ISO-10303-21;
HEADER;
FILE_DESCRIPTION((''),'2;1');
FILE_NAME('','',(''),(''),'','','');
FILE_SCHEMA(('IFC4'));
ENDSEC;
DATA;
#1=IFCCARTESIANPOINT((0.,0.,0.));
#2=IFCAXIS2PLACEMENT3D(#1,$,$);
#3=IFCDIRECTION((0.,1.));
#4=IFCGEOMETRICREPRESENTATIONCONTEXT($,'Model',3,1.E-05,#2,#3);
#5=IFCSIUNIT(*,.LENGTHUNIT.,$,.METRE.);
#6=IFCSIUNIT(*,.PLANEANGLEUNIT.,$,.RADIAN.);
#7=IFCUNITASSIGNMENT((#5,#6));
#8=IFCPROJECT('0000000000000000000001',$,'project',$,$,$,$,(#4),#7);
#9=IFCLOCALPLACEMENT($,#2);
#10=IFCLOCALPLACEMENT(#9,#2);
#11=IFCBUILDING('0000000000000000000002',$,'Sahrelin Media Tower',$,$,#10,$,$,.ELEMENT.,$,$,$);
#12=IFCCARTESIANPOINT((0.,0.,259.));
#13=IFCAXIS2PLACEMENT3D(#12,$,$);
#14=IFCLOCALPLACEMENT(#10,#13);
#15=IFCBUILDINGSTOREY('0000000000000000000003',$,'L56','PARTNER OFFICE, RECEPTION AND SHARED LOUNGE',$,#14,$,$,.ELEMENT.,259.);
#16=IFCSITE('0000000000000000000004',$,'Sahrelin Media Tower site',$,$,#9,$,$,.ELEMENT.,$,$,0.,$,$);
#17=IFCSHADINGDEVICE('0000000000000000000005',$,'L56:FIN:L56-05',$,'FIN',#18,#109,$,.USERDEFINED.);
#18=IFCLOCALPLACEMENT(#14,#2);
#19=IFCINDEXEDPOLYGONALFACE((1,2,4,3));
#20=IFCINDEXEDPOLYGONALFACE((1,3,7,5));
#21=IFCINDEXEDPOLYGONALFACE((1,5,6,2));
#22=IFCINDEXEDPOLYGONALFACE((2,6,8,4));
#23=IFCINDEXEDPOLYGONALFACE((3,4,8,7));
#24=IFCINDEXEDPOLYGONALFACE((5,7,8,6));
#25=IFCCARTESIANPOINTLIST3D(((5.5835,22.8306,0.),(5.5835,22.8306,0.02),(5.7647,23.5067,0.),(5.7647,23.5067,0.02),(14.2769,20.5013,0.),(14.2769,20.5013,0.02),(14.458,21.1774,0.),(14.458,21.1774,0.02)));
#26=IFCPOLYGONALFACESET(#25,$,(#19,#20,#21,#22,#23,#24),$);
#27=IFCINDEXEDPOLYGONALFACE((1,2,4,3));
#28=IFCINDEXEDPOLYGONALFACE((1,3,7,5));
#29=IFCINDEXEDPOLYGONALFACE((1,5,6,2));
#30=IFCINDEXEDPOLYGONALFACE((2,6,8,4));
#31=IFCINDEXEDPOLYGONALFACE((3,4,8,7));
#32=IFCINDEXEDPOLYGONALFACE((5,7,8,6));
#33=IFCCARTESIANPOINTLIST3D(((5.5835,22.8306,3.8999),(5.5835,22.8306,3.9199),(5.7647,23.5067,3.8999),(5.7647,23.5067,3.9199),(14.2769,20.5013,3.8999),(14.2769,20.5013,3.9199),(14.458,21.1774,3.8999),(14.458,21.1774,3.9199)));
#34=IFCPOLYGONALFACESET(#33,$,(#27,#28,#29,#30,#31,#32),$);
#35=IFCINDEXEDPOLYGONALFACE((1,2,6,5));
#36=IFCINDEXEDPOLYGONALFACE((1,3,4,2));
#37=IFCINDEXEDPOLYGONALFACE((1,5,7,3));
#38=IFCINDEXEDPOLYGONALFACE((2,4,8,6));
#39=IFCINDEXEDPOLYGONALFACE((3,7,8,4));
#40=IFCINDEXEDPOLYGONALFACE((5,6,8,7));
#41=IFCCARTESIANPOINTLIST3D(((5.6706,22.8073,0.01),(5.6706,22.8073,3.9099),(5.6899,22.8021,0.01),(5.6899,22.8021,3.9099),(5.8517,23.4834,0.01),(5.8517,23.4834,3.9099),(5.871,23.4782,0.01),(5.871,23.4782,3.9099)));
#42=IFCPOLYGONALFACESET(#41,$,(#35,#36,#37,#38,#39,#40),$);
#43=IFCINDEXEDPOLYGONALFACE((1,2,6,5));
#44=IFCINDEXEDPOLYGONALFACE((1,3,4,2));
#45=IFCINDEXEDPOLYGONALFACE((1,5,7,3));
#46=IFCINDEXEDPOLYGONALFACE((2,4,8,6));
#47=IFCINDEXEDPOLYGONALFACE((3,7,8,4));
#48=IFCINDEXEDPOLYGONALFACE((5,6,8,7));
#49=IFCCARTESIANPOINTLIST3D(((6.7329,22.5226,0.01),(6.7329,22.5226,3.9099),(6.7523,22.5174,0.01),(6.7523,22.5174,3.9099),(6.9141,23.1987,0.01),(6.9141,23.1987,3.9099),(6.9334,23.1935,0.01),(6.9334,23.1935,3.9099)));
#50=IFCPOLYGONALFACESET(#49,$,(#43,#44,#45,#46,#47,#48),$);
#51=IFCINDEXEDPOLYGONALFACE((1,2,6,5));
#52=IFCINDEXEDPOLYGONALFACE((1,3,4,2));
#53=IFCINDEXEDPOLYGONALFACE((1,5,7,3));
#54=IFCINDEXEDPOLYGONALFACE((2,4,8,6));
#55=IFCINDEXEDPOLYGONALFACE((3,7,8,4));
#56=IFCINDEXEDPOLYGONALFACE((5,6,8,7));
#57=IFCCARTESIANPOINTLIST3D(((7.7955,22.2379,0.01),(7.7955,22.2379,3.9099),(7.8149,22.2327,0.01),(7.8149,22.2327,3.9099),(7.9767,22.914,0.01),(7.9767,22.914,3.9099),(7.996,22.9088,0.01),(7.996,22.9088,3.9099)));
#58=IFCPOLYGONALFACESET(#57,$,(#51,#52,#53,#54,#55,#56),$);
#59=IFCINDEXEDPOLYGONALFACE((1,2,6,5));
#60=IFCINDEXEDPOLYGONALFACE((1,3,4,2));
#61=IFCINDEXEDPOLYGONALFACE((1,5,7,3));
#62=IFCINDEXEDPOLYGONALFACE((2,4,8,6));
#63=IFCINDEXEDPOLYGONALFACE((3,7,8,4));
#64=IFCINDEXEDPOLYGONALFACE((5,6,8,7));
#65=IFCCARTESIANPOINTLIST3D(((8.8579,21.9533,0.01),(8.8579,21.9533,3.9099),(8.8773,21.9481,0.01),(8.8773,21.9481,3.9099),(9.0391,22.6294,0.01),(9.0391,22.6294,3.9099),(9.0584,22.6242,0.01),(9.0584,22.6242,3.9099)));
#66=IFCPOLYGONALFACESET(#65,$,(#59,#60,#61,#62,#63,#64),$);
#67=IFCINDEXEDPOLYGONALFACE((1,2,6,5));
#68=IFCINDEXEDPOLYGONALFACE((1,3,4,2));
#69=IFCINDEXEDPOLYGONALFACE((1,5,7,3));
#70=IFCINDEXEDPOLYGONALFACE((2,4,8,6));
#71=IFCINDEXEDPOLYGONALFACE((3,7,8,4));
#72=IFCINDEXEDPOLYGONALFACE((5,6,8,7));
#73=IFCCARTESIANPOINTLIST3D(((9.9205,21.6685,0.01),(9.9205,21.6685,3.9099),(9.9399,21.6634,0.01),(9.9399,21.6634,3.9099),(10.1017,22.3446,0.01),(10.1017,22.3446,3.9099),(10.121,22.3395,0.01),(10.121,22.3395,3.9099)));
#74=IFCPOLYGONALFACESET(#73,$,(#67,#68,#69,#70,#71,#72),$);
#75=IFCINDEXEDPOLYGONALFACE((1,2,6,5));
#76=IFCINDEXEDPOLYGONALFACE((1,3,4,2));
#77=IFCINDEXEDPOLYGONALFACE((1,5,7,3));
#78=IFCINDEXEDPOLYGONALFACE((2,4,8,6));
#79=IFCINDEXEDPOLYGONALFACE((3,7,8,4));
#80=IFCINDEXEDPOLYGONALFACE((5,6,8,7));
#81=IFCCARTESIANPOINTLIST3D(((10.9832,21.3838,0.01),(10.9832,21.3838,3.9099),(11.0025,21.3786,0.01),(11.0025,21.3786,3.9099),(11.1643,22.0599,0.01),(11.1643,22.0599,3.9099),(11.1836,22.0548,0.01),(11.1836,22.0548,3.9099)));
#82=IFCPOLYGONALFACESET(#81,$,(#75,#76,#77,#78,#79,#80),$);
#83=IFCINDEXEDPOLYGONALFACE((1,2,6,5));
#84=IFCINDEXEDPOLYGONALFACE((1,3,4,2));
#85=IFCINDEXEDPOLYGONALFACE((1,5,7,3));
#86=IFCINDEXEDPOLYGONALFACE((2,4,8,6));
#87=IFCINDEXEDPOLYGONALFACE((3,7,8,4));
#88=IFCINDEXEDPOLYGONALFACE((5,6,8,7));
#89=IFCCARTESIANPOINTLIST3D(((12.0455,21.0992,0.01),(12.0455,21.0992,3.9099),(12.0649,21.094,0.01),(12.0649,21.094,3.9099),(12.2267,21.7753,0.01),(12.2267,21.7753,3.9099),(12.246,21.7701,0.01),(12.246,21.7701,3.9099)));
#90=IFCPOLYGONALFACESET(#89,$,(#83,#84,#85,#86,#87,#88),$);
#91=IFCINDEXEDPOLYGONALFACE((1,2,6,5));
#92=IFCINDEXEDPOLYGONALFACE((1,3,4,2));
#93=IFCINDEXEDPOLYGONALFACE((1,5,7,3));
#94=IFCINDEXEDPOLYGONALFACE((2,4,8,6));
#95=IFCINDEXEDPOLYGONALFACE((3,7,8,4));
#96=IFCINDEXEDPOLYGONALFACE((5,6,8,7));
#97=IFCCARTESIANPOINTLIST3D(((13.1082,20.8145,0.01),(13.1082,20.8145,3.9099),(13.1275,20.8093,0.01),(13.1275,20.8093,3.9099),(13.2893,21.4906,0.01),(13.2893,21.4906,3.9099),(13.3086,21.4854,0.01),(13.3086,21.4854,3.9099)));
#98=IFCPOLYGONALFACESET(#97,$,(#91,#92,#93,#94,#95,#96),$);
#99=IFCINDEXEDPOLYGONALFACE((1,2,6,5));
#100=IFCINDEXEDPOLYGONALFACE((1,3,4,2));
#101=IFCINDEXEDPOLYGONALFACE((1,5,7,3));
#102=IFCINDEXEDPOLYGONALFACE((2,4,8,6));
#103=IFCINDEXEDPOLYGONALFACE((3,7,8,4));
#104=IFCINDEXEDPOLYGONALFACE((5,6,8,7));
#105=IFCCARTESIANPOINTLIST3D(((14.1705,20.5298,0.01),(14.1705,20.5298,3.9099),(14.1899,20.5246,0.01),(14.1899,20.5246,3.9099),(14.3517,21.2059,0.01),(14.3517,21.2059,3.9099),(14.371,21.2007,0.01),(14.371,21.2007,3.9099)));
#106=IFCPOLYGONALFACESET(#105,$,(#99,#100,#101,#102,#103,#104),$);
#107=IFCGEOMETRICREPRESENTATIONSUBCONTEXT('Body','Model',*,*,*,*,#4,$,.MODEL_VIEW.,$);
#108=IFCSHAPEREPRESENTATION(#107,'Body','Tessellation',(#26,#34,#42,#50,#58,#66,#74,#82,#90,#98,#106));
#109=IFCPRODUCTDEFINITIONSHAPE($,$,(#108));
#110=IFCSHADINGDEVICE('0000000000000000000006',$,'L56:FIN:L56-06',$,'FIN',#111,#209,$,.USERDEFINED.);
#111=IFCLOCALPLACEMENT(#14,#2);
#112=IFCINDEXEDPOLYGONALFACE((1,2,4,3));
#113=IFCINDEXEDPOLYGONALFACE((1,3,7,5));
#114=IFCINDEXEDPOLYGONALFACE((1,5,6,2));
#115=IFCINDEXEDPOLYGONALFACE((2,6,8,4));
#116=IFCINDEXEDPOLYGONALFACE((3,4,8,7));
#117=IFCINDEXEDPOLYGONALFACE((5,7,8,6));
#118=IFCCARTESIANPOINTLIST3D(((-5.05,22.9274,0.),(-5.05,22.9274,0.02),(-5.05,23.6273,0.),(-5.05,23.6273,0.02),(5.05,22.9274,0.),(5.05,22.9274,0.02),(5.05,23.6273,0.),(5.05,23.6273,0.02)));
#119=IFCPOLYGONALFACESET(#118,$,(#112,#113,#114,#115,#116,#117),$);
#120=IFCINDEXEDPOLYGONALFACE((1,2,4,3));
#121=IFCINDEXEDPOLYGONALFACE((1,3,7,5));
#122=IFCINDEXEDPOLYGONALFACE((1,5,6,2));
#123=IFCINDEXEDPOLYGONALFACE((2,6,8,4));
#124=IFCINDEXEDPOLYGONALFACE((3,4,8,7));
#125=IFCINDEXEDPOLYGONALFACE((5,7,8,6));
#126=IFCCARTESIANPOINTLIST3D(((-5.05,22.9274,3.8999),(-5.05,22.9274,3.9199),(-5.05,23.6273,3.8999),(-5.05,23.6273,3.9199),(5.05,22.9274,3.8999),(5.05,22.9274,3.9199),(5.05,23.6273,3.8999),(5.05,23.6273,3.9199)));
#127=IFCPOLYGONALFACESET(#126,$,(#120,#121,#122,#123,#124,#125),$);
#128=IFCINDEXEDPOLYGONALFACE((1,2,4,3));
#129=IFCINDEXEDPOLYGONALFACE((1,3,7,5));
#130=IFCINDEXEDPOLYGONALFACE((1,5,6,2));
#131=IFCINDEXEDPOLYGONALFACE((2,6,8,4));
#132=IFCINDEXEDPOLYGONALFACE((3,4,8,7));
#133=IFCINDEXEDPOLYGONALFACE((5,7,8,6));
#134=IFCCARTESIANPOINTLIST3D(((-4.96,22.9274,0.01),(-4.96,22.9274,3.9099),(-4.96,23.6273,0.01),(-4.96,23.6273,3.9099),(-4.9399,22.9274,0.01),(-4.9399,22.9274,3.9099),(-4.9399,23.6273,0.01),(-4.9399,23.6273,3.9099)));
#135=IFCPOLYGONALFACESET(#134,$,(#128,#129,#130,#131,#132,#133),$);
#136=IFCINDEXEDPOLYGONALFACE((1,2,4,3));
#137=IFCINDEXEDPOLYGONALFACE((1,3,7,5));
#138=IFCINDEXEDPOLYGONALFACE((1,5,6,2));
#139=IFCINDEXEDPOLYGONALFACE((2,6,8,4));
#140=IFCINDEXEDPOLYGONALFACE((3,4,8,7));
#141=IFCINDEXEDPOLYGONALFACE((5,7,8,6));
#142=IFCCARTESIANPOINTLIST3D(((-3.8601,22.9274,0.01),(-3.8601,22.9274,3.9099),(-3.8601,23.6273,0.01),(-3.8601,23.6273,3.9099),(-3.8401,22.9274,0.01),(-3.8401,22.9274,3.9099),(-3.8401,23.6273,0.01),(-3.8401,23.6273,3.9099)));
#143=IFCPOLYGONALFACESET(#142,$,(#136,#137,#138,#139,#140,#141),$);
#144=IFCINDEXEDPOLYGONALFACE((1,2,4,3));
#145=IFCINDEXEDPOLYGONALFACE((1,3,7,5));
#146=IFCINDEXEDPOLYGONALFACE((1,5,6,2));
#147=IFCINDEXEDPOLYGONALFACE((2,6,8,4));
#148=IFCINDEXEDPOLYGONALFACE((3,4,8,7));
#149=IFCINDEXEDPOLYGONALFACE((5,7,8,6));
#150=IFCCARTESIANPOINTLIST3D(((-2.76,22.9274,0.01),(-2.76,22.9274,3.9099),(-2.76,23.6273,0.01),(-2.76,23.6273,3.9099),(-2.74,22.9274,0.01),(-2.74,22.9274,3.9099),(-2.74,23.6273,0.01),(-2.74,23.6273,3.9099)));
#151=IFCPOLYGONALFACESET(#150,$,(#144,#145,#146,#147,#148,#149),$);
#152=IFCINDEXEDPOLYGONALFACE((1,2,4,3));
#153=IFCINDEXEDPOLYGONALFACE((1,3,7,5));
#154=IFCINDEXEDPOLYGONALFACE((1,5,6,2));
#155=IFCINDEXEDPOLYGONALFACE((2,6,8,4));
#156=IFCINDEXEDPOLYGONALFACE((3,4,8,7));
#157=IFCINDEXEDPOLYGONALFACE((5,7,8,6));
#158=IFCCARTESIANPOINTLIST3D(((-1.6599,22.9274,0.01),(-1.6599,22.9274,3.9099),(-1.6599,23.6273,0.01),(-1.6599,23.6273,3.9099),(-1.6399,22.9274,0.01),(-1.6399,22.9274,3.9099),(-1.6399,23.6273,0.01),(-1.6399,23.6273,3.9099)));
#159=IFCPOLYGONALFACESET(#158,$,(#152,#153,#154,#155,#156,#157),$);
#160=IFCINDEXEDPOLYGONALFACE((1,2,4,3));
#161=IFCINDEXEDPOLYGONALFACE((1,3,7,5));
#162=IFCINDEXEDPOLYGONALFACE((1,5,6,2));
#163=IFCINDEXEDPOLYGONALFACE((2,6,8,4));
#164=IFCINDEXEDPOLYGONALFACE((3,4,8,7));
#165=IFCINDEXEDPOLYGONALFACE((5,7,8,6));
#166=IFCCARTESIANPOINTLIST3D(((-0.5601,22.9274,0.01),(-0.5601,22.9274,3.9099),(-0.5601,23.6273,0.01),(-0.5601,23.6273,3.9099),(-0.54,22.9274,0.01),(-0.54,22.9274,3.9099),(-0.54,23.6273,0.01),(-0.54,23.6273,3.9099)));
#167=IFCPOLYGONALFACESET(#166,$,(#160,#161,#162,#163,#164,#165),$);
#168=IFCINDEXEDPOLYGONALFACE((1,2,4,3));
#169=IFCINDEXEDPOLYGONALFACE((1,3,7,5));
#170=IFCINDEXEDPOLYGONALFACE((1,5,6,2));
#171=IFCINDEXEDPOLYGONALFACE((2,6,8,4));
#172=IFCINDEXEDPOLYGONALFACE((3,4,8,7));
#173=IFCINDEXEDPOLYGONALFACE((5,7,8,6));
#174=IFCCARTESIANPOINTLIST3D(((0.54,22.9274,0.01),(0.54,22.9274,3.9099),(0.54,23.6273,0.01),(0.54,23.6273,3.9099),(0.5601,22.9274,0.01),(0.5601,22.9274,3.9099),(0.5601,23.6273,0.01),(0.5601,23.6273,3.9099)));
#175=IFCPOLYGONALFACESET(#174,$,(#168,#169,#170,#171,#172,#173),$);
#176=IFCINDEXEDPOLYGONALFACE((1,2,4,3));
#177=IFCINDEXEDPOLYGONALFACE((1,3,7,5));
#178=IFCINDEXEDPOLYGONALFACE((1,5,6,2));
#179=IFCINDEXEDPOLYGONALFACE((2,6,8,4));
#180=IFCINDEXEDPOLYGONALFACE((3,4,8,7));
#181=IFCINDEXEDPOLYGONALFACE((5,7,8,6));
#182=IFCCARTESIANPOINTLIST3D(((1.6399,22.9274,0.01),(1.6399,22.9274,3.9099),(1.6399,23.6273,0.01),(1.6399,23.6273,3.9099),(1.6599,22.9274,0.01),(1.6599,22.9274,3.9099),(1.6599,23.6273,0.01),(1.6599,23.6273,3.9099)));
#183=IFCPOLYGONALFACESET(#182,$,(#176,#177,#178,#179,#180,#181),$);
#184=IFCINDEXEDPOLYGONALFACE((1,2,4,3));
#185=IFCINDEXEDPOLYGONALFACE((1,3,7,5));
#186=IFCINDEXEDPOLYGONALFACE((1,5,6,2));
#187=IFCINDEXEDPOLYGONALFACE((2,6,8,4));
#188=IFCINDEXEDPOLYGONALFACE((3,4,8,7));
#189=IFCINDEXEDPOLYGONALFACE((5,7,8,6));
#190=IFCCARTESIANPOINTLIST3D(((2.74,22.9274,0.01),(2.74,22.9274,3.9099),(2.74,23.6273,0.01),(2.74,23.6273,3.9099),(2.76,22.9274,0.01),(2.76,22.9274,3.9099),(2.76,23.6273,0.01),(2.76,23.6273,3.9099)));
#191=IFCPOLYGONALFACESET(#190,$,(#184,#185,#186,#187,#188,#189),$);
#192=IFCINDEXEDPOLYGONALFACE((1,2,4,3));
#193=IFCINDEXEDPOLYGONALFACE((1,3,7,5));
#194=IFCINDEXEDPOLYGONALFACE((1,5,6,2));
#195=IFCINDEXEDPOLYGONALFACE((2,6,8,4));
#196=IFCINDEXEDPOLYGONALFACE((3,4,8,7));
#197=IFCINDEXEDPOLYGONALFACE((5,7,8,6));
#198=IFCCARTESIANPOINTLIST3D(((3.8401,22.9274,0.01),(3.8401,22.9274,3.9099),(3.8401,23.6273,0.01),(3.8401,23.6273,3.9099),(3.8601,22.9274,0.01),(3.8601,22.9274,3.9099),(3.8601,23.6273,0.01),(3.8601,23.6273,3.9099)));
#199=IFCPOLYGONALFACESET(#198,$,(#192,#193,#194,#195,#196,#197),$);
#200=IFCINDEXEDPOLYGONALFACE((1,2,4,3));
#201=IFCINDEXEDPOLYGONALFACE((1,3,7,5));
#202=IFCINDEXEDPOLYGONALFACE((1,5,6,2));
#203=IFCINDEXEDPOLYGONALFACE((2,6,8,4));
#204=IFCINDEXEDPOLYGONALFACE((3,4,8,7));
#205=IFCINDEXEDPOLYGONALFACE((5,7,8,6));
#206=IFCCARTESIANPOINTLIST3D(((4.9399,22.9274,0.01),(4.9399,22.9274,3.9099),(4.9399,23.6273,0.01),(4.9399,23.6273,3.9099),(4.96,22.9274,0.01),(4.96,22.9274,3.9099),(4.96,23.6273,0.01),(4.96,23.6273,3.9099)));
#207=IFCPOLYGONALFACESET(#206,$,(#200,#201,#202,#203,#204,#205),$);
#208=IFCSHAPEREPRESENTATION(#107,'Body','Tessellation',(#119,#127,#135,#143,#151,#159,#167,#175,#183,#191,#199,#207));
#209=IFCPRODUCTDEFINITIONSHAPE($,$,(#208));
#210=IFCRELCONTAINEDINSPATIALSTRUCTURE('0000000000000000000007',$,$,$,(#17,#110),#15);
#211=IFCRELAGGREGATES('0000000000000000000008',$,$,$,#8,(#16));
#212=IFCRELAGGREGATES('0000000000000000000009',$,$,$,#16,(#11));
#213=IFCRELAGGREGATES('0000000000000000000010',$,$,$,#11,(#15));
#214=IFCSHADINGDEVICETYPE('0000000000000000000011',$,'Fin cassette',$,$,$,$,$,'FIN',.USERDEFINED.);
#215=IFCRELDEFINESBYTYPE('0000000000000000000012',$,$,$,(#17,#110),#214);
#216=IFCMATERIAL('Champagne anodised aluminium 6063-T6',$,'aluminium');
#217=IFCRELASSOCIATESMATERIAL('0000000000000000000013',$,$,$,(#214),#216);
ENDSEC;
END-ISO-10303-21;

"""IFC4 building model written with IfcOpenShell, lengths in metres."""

from ifc_helpers import new_model, si_unit, direction, frame, origin, origin_2d, place, context, subcontext, project, spatial, rectangle, extrude, material, type_object, element, save


model = new_model("IFC4")

# Units and contexts
model_context = context("Model", 3, precision=1e-05, world=origin(), true_north=direction((0.0, 1.0)))
body_context = subcontext(model_context, "Body", "Model", "MODEL_VIEW")
ifc_project = project(units=[si_unit("LENGTHUNIT", "METRE"), si_unit("PLANEANGLEUNIT", "RADIAN")], contexts=[model_context])

# Site, building, storey
site_placement = place(None, origin())
site = spatial("IfcSite", under=ifc_project, at=site_placement, Name="Sahrelin Media Tower site", CompositionType="ELEMENT", RefElevation=0.0)
building_placement = place(site_placement, origin())
building = spatial("IfcBuilding", under=site, at=building_placement, Name="Sahrelin Media Tower", CompositionType="ELEMENT")
storey_placement = place(building_placement, frame((0.0, 0.0, 259.0)))
storey = spatial("IfcBuildingStorey", under=building, at=storey_placement, Name="L56", Description="PARTNER OFFICE, RECEPTION AND SHARED LOUNGE", CompositionType="ELEMENT", Elevation=259.0)

# Shared definitions
ifc_material_1 = material(Name="Champagne anodised aluminium 6063-T6", Category="aluminium")
placement_1 = place(storey_placement, frame((0.0, 22.8574, 0.0), z_axis=(0.0, 0.0, 1.0), x_axis=(1.0, 0.0, 0.0)))

# Shading devices
shading_device_type_1 = type_object("IfcShadingDeviceType", Name="Fin cassette", ElementType="FIN", PredefinedType="USERDEFINED", material=ifc_material_1)
placement_2 = place(storey_placement, frame((9.9121, 21.5984, 0.0), z_axis=(0.0, 0.0, 1.0), x_axis=(0.965929, -0.258808, 0.0)))
element("IfcShadingDevice", 1, at=placement_2, inside=storey, type_object=shading_device_type_1, Name="L56:FIN:L56-05", ObjectType="FIN", PredefinedType="USERDEFINED", context=body_context, shape_type="SweptSolid", body=[
    extrude(rectangle(XDim=9.0, YDim=0.7, at=origin_2d()), frame((0.0, 0.4199, 0.0)), (0.0, 0.0, 1.0), 0.02),
    extrude(rectangle(XDim=9.0, YDim=0.7, at=origin_2d()), frame((0.0, 0.4199, 3.8999)), (0.0, 0.0, 1.0), 0.02),
    extrude(rectangle(XDim=0.02, YDim=0.7, at=origin_2d()), frame((-4.3999, 0.4199, 0.01), z_axis=(0.0, 0.0, 1.0), x_axis=(1.0, 0.0, 0.0)), (0.0, 0.0, 1.0), 3.8999),
    extrude(rectangle(XDim=0.02, YDim=0.7, at=origin_2d()), frame((-3.3, 0.4199, 0.01), z_axis=(0.0, 0.0, 1.0), x_axis=(1.0, 0.0, 0.0)), (0.0, 0.0, 1.0), 3.8999),
    extrude(rectangle(XDim=0.02, YDim=0.7, at=origin_2d()), frame((-2.2, 0.4199, 0.01), z_axis=(0.0, 0.0, 1.0), x_axis=(1.0, 0.0, 0.0)), (0.0, 0.0, 1.0), 3.8999),
    extrude(rectangle(XDim=0.02, YDim=0.7, at=origin_2d()), frame((-1.1001, 0.4199, 0.01), z_axis=(0.0, 0.0, 1.0), x_axis=(1.0, 0.0, 0.0)), (0.0, 0.0, 1.0), 3.8999),
    extrude(rectangle(XDim=0.02, YDim=0.7, at=origin_2d()), frame((0.0, 0.4199, 0.01), z_axis=(0.0, 0.0, 1.0), x_axis=(1.0, 0.0, 0.0)), (0.0, 0.0, 1.0), 3.8999),
    extrude(rectangle(XDim=0.02, YDim=0.7, at=origin_2d()), frame((1.1001, 0.4199, 0.01), z_axis=(0.0, 0.0, 1.0), x_axis=(1.0, 0.0, 0.0)), (0.0, 0.0, 1.0), 3.8999),
    extrude(rectangle(XDim=0.02, YDim=0.7, at=origin_2d()), frame((2.2, 0.4199, 0.01), z_axis=(0.0, 0.0, 1.0), x_axis=(1.0, 0.0, 0.0)), (0.0, 0.0, 1.0), 3.8999),
    extrude(rectangle(XDim=0.02, YDim=0.7, at=origin_2d()), frame((3.3, 0.4199, 0.01), z_axis=(0.0, 0.0, 1.0), x_axis=(1.0, 0.0, 0.0)), (0.0, 0.0, 1.0), 3.8999),
    extrude(rectangle(XDim=0.02, YDim=0.7, at=origin_2d()), frame((4.3999, 0.4199, 0.01), z_axis=(0.0, 0.0, 1.0), x_axis=(1.0, 0.0, 0.0)), (0.0, 0.0, 1.0), 3.8999),
])
element("IfcShadingDevice", 2, at=placement_1, inside=storey, type_object=shading_device_type_1, Name="L56:FIN:L56-06", ObjectType="FIN", PredefinedType="USERDEFINED", context=body_context, shape_type="SweptSolid", body=[
    extrude(rectangle(XDim=10.1001, YDim=0.7, at=origin_2d()), frame((0.0, 0.4199, 0.0)), (0.0, 0.0, 1.0), 0.02),
    extrude(rectangle(XDim=10.1001, YDim=0.7, at=origin_2d()), frame((0.0, 0.4199, 3.8999)), (0.0, 0.0, 1.0), 0.02),
    extrude(rectangle(XDim=0.02, YDim=0.7, at=origin_2d()), frame((-4.95, 0.4199, 0.01), z_axis=(0.0, 0.0, 1.0), x_axis=(1.0, 0.0, 0.0)), (0.0, 0.0, 1.0), 3.8999),
    extrude(rectangle(XDim=0.02, YDim=0.7, at=origin_2d()), frame((-3.8501, 0.4199, 0.01), z_axis=(0.0, 0.0, 1.0), x_axis=(1.0, 0.0, 0.0)), (0.0, 0.0, 1.0), 3.8999),
    extrude(rectangle(XDim=0.02, YDim=0.7, at=origin_2d()), frame((-2.75, 0.4199, 0.01), z_axis=(0.0, 0.0, 1.0), x_axis=(1.0, 0.0, 0.0)), (0.0, 0.0, 1.0), 3.8999),
    extrude(rectangle(XDim=0.02, YDim=0.7, at=origin_2d()), frame((-1.6499, 0.4199, 0.01), z_axis=(0.0, 0.0, 1.0), x_axis=(1.0, 0.0, 0.0)), (0.0, 0.0, 1.0), 3.8999),
    extrude(rectangle(XDim=0.02, YDim=0.7, at=origin_2d()), frame((-0.55, 0.4199, 0.01), z_axis=(0.0, 0.0, 1.0), x_axis=(1.0, 0.0, 0.0)), (0.0, 0.0, 1.0), 3.8999),
    extrude(rectangle(XDim=0.02, YDim=0.7, at=origin_2d()), frame((0.55, 0.4199, 0.01), z_axis=(0.0, 0.0, 1.0), x_axis=(1.0, 0.0, 0.0)), (0.0, 0.0, 1.0), 3.8999),
    extrude(rectangle(XDim=0.02, YDim=0.7, at=origin_2d()), frame((1.6499, 0.4199, 0.01), z_axis=(0.0, 0.0, 1.0), x_axis=(1.0, 0.0, 0.0)), (0.0, 0.0, 1.0), 3.8999),
    extrude(rectangle(XDim=0.02, YDim=0.7, at=origin_2d()), frame((2.75, 0.4199, 0.01), z_axis=(0.0, 0.0, 1.0), x_axis=(1.0, 0.0, 0.0)), (0.0, 0.0, 1.0), 3.8999),
    extrude(rectangle(XDim=0.02, YDim=0.7, at=origin_2d()), frame((3.8501, 0.4199, 0.01), z_axis=(0.0, 0.0, 1.0), x_axis=(1.0, 0.0, 0.0)), (0.0, 0.0, 1.0), 3.8999),
    extrude(rectangle(XDim=0.02, YDim=0.7, at=origin_2d()), frame((4.95, 0.4199, 0.01), z_axis=(0.0, 0.0, 1.0), x_axis=(1.0, 0.0, 0.0)), (0.0, 0.0, 1.0), 3.8999),
])

save(model, "model.ifc")
